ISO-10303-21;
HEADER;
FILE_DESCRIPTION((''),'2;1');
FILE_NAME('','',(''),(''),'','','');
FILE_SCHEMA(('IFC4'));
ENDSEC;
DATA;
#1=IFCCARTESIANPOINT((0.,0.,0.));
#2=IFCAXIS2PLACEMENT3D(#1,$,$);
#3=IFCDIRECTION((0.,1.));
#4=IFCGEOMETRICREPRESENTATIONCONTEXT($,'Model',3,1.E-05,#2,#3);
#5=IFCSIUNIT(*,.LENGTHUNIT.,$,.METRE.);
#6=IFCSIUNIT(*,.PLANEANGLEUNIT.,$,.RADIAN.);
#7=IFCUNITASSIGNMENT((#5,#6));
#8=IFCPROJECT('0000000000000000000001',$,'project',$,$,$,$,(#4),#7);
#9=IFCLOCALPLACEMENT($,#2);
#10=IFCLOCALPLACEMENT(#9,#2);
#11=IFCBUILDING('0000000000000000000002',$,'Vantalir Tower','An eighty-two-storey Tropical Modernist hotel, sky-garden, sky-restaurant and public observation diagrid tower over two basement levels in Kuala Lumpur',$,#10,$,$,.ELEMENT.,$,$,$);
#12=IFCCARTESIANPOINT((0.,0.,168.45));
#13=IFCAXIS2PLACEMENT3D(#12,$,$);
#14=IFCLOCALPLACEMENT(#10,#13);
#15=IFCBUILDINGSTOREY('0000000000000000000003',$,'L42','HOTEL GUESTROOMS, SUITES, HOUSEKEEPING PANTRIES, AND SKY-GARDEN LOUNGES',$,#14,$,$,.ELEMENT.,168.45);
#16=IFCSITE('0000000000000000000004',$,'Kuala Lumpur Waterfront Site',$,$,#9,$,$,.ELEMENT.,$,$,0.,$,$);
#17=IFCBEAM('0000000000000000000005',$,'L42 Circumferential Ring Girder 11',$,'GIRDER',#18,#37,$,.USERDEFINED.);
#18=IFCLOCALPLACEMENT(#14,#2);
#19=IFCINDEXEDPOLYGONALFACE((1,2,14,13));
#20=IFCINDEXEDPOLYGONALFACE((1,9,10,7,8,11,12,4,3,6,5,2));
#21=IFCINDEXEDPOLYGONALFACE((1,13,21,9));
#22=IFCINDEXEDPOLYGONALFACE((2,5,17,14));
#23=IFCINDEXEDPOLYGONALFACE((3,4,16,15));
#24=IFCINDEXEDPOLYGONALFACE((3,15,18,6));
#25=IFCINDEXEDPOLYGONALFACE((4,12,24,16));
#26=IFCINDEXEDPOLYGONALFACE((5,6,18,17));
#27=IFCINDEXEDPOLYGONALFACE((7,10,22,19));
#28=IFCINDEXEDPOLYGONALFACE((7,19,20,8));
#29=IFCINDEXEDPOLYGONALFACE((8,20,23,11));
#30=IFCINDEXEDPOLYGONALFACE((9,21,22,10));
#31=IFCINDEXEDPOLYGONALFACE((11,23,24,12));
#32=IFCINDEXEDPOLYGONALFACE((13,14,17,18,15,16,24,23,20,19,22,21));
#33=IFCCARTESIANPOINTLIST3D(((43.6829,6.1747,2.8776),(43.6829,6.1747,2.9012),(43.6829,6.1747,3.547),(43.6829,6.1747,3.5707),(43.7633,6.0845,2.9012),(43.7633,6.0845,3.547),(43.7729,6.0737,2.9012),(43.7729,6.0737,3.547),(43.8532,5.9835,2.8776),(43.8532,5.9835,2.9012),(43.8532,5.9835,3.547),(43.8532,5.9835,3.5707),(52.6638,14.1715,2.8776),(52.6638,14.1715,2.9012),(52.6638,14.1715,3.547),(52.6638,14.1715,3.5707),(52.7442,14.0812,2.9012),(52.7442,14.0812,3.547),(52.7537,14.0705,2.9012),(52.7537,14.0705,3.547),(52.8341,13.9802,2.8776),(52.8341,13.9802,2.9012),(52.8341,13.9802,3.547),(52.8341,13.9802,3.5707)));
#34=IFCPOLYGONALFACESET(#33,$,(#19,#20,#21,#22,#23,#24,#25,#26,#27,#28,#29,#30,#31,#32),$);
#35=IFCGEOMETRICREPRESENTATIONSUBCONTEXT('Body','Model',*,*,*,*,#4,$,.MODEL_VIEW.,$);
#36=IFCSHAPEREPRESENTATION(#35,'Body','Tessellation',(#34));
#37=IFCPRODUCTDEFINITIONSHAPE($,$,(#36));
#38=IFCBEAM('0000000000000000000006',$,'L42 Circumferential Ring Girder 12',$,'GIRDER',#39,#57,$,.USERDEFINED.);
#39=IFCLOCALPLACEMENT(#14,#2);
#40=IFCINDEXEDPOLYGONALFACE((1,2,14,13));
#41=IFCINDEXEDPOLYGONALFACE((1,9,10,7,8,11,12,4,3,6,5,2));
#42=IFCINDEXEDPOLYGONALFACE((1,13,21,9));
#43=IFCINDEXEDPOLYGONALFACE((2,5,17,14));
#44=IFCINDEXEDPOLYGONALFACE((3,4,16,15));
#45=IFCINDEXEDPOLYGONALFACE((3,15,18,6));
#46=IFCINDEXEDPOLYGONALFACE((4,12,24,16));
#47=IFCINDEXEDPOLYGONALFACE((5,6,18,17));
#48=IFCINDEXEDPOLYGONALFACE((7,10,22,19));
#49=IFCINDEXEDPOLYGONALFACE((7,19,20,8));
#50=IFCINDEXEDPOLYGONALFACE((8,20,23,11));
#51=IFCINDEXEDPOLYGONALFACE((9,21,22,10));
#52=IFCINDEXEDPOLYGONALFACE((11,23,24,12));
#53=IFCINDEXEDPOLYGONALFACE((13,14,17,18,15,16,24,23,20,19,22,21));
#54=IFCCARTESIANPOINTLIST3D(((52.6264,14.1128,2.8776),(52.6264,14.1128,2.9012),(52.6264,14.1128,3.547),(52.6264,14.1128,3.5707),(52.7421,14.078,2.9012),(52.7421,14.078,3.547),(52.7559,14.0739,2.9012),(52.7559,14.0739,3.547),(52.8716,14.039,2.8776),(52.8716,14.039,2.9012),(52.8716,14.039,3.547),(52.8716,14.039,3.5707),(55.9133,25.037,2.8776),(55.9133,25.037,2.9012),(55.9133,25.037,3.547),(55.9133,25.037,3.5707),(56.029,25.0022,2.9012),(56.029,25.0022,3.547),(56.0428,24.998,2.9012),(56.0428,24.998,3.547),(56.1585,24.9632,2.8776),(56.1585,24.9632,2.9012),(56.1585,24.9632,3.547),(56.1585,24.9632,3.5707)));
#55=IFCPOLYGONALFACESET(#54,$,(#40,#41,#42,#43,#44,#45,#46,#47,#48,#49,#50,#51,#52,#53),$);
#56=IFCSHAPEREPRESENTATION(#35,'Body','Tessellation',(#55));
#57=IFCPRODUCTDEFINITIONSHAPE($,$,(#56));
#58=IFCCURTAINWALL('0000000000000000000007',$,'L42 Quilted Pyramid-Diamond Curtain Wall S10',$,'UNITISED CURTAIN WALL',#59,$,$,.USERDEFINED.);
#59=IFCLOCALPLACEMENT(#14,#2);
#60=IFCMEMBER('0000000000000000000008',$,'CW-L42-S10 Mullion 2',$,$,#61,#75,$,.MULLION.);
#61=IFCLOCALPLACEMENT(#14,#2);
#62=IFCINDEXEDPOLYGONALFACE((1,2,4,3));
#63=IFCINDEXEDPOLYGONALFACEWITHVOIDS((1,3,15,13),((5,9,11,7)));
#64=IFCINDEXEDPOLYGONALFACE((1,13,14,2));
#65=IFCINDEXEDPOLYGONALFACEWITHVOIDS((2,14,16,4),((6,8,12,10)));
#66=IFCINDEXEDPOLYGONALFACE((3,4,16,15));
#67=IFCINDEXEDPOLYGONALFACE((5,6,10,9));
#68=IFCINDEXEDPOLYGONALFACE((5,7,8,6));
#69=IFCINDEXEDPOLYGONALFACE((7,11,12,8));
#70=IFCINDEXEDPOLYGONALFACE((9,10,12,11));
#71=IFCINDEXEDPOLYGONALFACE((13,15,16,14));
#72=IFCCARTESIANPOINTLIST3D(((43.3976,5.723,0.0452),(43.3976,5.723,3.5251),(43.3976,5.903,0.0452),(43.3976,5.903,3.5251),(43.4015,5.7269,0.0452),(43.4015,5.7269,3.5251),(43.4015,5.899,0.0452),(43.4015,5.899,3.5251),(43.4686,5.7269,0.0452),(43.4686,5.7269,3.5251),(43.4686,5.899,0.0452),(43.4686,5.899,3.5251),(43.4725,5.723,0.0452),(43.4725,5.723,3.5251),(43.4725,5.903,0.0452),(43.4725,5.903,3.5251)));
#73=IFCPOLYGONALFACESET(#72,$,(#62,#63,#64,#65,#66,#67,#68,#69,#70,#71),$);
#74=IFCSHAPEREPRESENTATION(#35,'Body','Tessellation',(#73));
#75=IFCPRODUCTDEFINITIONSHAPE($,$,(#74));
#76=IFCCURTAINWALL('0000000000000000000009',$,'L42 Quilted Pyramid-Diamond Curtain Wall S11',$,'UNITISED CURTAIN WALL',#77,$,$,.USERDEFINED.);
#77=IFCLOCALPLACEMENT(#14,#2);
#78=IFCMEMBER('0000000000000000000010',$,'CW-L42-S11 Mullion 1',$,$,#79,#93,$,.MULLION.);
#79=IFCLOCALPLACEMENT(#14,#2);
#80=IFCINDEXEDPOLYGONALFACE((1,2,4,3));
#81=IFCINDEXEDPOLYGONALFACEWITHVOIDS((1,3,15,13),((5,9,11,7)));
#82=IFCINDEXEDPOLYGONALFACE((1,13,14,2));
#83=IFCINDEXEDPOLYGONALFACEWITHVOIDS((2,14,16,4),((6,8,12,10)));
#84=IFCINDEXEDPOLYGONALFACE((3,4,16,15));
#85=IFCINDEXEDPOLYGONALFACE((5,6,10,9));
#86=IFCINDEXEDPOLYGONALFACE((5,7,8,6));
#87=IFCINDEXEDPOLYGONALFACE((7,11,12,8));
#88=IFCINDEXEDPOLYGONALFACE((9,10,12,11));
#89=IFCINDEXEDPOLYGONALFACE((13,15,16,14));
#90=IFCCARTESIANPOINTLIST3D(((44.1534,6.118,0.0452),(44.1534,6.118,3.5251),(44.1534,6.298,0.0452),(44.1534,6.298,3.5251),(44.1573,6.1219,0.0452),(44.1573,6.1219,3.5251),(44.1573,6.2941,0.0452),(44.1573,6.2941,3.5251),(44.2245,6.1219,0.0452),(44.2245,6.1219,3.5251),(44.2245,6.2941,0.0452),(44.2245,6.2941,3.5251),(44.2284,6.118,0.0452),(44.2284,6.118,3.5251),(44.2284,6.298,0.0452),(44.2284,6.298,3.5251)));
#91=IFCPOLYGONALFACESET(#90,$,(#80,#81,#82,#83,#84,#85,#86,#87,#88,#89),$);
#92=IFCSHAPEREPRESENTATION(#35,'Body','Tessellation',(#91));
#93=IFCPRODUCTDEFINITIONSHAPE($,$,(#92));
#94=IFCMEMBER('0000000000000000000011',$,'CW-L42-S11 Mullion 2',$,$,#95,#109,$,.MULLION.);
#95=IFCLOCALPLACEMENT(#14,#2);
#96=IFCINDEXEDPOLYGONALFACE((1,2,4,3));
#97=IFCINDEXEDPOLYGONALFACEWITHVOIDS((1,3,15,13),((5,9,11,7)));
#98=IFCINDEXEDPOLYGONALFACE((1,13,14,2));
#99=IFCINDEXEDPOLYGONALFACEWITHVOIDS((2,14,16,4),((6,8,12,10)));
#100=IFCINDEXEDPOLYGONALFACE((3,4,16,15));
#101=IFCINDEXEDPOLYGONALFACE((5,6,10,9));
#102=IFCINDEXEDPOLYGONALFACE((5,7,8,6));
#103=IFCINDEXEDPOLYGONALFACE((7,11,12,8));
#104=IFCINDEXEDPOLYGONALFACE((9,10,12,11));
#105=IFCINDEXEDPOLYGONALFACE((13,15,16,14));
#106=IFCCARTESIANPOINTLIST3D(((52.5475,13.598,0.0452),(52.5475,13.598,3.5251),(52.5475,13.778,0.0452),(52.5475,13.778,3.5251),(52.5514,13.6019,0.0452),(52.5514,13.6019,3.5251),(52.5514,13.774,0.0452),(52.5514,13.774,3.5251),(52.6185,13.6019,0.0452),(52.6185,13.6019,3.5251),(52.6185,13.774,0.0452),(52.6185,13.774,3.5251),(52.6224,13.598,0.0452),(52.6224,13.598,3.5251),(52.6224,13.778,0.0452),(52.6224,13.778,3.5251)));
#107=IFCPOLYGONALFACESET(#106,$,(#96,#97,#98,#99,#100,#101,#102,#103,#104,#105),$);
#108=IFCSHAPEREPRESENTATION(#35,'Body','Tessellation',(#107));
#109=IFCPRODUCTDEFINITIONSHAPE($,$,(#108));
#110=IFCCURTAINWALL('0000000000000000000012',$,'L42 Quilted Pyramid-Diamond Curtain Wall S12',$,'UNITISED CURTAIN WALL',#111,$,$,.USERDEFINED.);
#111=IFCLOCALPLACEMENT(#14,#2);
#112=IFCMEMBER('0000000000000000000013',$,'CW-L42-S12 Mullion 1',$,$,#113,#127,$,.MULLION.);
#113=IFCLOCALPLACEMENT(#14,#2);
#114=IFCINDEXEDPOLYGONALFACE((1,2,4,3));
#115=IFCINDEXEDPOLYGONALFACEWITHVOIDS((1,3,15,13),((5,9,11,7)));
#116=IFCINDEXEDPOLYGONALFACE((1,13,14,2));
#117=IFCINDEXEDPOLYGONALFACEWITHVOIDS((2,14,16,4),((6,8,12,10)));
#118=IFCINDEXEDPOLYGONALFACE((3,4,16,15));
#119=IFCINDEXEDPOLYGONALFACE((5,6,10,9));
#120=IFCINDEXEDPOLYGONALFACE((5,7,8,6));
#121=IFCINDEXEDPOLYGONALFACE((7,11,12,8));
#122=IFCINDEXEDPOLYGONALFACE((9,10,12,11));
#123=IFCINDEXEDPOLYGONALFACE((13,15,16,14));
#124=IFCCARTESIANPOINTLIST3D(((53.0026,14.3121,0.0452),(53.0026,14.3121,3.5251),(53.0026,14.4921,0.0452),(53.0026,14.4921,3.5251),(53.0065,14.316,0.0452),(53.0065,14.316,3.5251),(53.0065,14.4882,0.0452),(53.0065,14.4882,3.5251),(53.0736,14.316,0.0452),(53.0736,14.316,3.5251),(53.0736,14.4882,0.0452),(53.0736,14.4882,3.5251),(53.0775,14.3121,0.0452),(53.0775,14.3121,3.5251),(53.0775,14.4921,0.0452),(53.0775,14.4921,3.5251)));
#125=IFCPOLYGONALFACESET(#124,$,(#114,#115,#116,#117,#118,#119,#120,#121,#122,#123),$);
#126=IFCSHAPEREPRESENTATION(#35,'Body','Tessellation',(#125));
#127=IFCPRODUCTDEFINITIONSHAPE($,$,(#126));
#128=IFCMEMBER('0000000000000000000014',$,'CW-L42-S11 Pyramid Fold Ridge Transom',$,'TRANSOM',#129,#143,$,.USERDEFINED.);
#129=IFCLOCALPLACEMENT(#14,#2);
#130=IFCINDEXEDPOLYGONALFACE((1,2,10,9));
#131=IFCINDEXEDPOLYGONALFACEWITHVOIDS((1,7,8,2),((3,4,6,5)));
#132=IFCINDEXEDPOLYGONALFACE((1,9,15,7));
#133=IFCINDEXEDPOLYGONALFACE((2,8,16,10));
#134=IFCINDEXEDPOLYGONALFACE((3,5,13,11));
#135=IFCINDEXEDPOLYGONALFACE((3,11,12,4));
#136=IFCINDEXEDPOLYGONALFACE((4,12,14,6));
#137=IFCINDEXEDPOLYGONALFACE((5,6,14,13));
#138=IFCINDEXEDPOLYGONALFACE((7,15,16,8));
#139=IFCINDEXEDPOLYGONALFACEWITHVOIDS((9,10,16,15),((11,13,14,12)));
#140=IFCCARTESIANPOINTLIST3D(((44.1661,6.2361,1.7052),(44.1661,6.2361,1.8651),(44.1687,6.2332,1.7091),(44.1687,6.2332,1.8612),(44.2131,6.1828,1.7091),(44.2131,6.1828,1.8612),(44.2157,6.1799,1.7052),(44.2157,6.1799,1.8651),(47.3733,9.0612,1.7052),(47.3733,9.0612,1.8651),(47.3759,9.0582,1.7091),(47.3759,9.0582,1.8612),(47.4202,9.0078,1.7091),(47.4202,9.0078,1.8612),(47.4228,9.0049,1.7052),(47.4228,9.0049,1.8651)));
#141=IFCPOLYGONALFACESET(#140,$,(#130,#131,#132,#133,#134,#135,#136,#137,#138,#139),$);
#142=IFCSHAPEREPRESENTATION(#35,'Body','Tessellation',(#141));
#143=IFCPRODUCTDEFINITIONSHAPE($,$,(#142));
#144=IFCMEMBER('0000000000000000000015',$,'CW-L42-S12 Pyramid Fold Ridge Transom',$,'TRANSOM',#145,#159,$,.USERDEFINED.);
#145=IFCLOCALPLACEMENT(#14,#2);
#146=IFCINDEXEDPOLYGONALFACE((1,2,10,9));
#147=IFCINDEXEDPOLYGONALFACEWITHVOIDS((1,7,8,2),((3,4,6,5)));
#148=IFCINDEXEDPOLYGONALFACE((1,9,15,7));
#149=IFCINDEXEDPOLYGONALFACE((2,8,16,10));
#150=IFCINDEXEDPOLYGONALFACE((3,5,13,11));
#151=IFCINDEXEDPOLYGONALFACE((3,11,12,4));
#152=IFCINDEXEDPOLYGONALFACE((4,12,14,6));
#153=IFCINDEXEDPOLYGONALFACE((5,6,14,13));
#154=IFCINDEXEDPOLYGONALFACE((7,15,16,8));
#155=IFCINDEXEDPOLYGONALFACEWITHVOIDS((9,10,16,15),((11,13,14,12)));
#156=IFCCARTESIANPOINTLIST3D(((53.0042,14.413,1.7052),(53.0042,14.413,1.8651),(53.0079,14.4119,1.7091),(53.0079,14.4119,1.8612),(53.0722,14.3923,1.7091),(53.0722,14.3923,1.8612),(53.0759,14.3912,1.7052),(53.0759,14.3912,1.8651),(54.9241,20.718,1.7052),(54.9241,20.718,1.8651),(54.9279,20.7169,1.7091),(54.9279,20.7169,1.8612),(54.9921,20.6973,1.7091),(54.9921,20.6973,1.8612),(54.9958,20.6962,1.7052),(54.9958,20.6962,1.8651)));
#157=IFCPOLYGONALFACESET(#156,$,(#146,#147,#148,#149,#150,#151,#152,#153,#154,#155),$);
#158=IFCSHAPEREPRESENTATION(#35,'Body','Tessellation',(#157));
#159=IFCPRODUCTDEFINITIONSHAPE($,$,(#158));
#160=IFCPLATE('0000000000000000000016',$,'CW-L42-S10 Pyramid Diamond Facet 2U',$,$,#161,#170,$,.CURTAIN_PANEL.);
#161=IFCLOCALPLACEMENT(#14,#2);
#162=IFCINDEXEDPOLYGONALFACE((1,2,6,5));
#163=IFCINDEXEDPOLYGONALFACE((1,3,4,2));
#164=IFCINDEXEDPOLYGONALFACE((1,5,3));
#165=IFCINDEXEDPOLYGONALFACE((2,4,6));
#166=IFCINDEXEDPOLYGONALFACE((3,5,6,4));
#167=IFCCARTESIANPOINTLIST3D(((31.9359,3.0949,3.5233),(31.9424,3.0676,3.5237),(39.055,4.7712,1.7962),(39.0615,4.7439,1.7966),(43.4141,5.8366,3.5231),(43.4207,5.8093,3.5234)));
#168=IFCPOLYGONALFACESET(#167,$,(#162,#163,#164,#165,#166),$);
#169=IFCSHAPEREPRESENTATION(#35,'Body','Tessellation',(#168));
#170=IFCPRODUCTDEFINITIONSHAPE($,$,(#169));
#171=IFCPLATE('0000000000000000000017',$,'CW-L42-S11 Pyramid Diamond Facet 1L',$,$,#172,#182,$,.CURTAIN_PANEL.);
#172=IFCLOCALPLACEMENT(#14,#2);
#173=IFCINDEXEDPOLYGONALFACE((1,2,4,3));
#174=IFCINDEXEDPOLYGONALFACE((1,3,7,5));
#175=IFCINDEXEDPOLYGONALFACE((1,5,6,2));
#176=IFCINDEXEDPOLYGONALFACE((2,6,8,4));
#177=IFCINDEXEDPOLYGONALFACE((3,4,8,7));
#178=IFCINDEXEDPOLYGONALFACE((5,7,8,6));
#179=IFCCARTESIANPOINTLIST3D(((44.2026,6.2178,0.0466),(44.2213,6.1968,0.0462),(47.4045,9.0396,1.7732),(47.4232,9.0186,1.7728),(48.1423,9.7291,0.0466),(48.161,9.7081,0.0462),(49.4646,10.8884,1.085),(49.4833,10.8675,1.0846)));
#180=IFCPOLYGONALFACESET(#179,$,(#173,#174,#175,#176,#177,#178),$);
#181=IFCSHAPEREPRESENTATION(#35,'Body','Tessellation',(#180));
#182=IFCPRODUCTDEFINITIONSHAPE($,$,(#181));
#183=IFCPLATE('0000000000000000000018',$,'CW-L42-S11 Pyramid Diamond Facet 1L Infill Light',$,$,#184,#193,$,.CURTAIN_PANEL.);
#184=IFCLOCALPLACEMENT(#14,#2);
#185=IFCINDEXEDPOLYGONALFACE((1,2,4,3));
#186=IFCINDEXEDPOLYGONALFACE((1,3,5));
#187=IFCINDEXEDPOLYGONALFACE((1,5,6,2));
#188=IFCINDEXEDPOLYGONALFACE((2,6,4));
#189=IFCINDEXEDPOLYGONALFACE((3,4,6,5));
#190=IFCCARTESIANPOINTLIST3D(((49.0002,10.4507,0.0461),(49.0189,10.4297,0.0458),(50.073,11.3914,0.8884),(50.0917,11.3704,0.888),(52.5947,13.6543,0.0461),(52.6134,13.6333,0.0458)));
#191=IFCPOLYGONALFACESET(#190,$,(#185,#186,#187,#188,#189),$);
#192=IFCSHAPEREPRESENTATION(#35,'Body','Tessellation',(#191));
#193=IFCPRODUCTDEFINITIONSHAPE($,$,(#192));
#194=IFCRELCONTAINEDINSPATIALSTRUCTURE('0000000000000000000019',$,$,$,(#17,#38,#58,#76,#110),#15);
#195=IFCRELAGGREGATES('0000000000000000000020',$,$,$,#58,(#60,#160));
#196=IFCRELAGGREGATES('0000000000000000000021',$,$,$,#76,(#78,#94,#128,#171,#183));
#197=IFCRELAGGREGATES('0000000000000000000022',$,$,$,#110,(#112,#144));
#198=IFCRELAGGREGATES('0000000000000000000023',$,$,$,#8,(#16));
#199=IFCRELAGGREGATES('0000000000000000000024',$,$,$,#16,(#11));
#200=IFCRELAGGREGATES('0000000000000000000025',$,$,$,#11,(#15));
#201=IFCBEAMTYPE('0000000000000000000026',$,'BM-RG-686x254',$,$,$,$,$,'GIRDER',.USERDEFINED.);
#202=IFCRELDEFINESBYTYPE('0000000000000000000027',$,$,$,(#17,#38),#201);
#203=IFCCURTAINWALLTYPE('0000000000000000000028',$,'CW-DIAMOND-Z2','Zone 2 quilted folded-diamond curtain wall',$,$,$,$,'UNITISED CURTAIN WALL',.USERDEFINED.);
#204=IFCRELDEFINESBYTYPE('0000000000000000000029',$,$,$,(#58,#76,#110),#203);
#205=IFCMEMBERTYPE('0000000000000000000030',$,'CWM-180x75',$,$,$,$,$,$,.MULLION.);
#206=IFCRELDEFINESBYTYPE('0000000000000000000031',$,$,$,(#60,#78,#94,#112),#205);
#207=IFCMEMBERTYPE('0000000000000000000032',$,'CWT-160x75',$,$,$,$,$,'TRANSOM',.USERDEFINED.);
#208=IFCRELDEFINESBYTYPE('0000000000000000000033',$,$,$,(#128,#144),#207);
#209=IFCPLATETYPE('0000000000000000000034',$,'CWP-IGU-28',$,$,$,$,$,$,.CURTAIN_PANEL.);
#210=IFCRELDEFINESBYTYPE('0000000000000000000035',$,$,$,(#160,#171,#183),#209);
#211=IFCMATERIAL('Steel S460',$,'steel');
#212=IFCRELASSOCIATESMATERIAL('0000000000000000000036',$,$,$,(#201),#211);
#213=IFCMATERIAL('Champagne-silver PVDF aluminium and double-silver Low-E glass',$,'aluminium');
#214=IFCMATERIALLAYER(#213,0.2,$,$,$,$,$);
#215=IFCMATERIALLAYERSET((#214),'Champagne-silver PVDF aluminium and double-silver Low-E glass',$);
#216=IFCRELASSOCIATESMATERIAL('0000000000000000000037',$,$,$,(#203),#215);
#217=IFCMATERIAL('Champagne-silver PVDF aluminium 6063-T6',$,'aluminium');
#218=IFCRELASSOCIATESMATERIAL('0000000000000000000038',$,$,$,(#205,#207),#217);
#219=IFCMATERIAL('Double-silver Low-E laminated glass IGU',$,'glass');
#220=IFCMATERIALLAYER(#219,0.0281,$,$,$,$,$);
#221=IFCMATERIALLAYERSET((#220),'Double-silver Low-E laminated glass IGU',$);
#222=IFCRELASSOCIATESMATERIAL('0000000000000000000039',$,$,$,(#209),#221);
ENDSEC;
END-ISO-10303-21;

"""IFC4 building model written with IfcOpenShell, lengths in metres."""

from ifc_helpers import new_model, si_unit, direction, frame, origin, origin_2d, place, context, subcontext, project, spatial, polyline, hollow_rectangle, i_section, outline, extrude, material, layer, layer_set, material_profile, profile_set, type_object, element, aggregate, save


model = new_model("IFC4")

# Units and contexts
model_context = context("Model", 3, precision=1e-05, world=origin(), true_north=direction((0.0, 1.0)))
body_context = subcontext(model_context, "Body", "Model", "MODEL_VIEW")
ifc_project = project(units=[si_unit("LENGTHUNIT", "METRE"), si_unit("PLANEANGLEUNIT", "RADIAN")], contexts=[model_context])

# Site, building, storey
site_placement = place(None, origin())
site = spatial("IfcSite", under=ifc_project, at=site_placement, Name="Kuala Lumpur Waterfront Site", CompositionType="ELEMENT", RefElevation=0.0)
building_placement = place(site_placement, origin())
building = spatial("IfcBuilding", under=site, at=building_placement, Name="Vantalir Tower", Description="An eighty-two-storey Tropical Modernist hotel, sky-garden, sky-restaurant and public observation diagrid tower over two basement levels in Kuala Lumpur", CompositionType="ELEMENT")
storey_placement = place(building_placement, frame((0.0, 0.0, 168.45)))
storey = spatial("IfcBuildingStorey", under=building, at=storey_placement, Name="L42", Description="HOTEL GUESTROOMS, SUITES, HOUSEKEEPING PANTRIES, AND SKY-GARDEN LOUNGES", CompositionType="ELEMENT", Elevation=168.45)

# Shared definitions
ifc_material_1 = material(Name="Steel S460", Category="steel")

# Beams
ifc_material_profile_1 = material_profile(ifc_material_1, i_section(OverallWidth=0.2561, OverallDepth=0.6931, WebThickness=0.0144, FlangeThickness=0.0237, at=origin_2d()), Name="Steel S460")
ifc_profile_set_1 = profile_set([ifc_material_profile_1], Name="Steel S460")
beam_type_1 = type_object("IfcBeamType", Name="BM-RG-686x254", ElementType="GIRDER", PredefinedType="USERDEFINED", material=ifc_profile_set_1)
beam_1_placement = place(storey_placement, frame((43.7681, 6.0791, 3.2241), z_axis=(0.746841, 0.665002, 0.0), x_axis=(-0.665002, 0.746841, 0.0)))
element("IfcBeam", 1, at=beam_1_placement, inside=storey, type_object=beam_type_1, Name="L42 Circumferential Ring Girder 11", ObjectType="GIRDER", PredefinedType="USERDEFINED", context=body_context, shape_type="SweptSolid", body=[
    extrude(i_section(OverallWidth=0.2561, OverallDepth=0.6931, WebThickness=0.0144, FlangeThickness=0.0237, at=origin_2d()), origin(), (0.0, 0.0, 1.0), 12.0251),
])
beam_2_placement = place(storey_placement, frame((52.749, 14.0759, 3.2241), z_axis=(0.288123, 0.957593, 0.0), x_axis=(-0.957593, 0.288123, 0.0)))
element("IfcBeam", 2, at=beam_2_placement, inside=storey, type_object=beam_type_1, Name="L42 Circumferential Ring Girder 12", ObjectType="GIRDER", PredefinedType="USERDEFINED", context=body_context, shape_type="SweptSolid", body=[
    extrude(i_section(OverallWidth=0.2561, OverallDepth=0.6931, WebThickness=0.0144, FlangeThickness=0.0237, at=origin_2d()), origin(), (0.0, 0.0, 1.0), 11.408),
])

# Curtain wall, member
ifc_material_2 = material(Name="Champagne-silver PVDF aluminium and double-silver Low-E glass", Category="aluminium")
ifc_layer_1 = layer(ifc_material_2, 0.2)
ifc_layer_set_1 = layer_set([ifc_layer_1], Name="Champagne-silver PVDF aluminium and double-silver Low-E glass")
curtain_wall_type = type_object("IfcCurtainWallType", Name="CW-DIAMOND-Z2", Description="Zone 2 quilted folded-diamond curtain wall", ElementType="UNITISED CURTAIN WALL", PredefinedType="USERDEFINED", material=ifc_layer_set_1)
curtain_wall_1_placement = place(storey_placement, origin())
curtain_wall_1 = element("IfcCurtainWall", 3, at=curtain_wall_1_placement, inside=storey, type_object=curtain_wall_type, Name="L42 Quilted Pyramid-Diamond Curtain Wall S10", ObjectType="UNITISED CURTAIN WALL", PredefinedType="USERDEFINED")
ifc_material_3 = material(Name="Champagne-silver PVDF aluminium 6063-T6", Category="aluminium")
ifc_material_profile_2 = material_profile(ifc_material_3, hollow_rectangle(XDim=0.075, YDim=0.1799, WallThickness=0.0039, at=origin_2d()), Name="Champagne-silver PVDF aluminium 6063-T6")
ifc_profile_set_2 = profile_set([ifc_material_profile_2], Name="Champagne-silver PVDF aluminium 6063-T6")
member_type_1 = type_object("IfcMemberType", Name="CWM-180x75", PredefinedType="MULLION", material=ifc_profile_set_2)
member_1_placement = place(storey_placement, frame((43.4351, 5.813, 0.0452), z_axis=(0.0, 0.0, 1.0), x_axis=(1.0, 0.0, 0.0)))
member_1 = element("IfcMember", 4, at=member_1_placement, type_object=member_type_1, Name="CW-L42-S10 Mullion 2", PredefinedType="MULLION", context=body_context, shape_type="SweptSolid", body=[
    extrude(hollow_rectangle(XDim=0.075, YDim=0.1799, WallThickness=0.0039, at=origin_2d()), origin(), (0.0, 0.0, 1.0), 3.48),
])

# Curtain wall, members
curtain_wall_2_placement = place(storey_placement, origin())
curtain_wall_2 = element("IfcCurtainWall", 5, at=curtain_wall_2_placement, inside=storey, type_object=curtain_wall_type, Name="L42 Quilted Pyramid-Diamond Curtain Wall S11", ObjectType="UNITISED CURTAIN WALL", PredefinedType="USERDEFINED")
member_2_placement = place(storey_placement, frame((44.1909, 6.208, 0.0452), z_axis=(0.0, 0.0, 1.0), x_axis=(1.0, 0.0, 0.0)))
member_2 = element("IfcMember", 6, at=member_2_placement, type_object=member_type_1, Name="CW-L42-S11 Mullion 1", PredefinedType="MULLION", context=body_context, shape_type="SweptSolid", body=[
    extrude(hollow_rectangle(XDim=0.075, YDim=0.1799, WallThickness=0.0039, at=origin_2d()), origin(), (0.0, 0.0, 1.0), 3.48),
])
member_3_placement = place(storey_placement, frame((52.585, 13.688, 0.0452), z_axis=(0.0, 0.0, 1.0), x_axis=(1.0, 0.0, 0.0)))
member_3 = element("IfcMember", 7, at=member_3_placement, type_object=member_type_1, Name="CW-L42-S11 Mullion 2", PredefinedType="MULLION", context=body_context, shape_type="SweptSolid", body=[
    extrude(hollow_rectangle(XDim=0.075, YDim=0.1799, WallThickness=0.0039, at=origin_2d()), origin(), (0.0, 0.0, 1.0), 3.48),
])

# Curtain wall, member
curtain_wall_3_placement = place(storey_placement, origin())
curtain_wall_3 = element("IfcCurtainWall", 8, at=curtain_wall_3_placement, inside=storey, type_object=curtain_wall_type, Name="L42 Quilted Pyramid-Diamond Curtain Wall S12", ObjectType="UNITISED CURTAIN WALL", PredefinedType="USERDEFINED")
member_4_placement = place(storey_placement, frame((53.04, 14.4021, 0.0452), z_axis=(0.0, 0.0, 1.0), x_axis=(1.0, 0.0, 0.0)))
member_4 = element("IfcMember", 9, at=member_4_placement, type_object=member_type_1, Name="CW-L42-S12 Mullion 1", PredefinedType="MULLION", context=body_context, shape_type="SweptSolid", body=[
    extrude(hollow_rectangle(XDim=0.075, YDim=0.1799, WallThickness=0.0039, at=origin_2d()), origin(), (0.0, 0.0, 1.0), 3.48),
])

# Members
ifc_material_profile_3 = material_profile(ifc_material_3, hollow_rectangle(XDim=0.075, YDim=0.1599, WallThickness=0.0039, at=origin_2d()), Name="Champagne-silver PVDF aluminium 6063-T6")
ifc_profile_set_3 = profile_set([ifc_material_profile_3], Name="Champagne-silver PVDF aluminium 6063-T6")
member_type_2 = type_object("IfcMemberType", Name="CWT-160x75", ElementType="TRANSOM", PredefinedType="USERDEFINED", material=ifc_profile_set_3)
member_5_placement = place(storey_placement, frame((44.1909, 6.208, 1.7852), z_axis=(0.750393, 0.660992, 0.0), x_axis=(-0.660992, 0.750393, 0.0)))
member_5 = element("IfcMember", 10, at=member_5_placement, type_object=member_type_2, Name="CW-L42-S11 Pyramid Fold Ridge Transom", ObjectType="TRANSOM", PredefinedType="USERDEFINED", context=body_context, shape_type="SweptSolid", body=[
    extrude(hollow_rectangle(XDim=0.075, YDim=0.1599, WallThickness=0.0039, at=origin_2d()), origin(), (0.0, 0.0, 1.0), 4.2739),
])
member_6_placement = place(storey_placement, frame((53.04, 14.4021, 1.7852), z_axis=(0.291305, 0.95663, 0.0), x_axis=(-0.95663, 0.291305, 0.0)))
member_6 = element("IfcMember", 11, at=member_6_placement, type_object=member_type_2, Name="CW-L42-S12 Pyramid Fold Ridge Transom", ObjectType="TRANSOM", PredefinedType="USERDEFINED", context=body_context, shape_type="SweptSolid", body=[
    extrude(hollow_rectangle(XDim=0.075, YDim=0.1599, WallThickness=0.0039, at=origin_2d()), origin(), (0.0, 0.0, 1.0), 6.5908),
])

# Plates
ifc_material_4 = material(Name="Double-silver Low-E laminated glass IGU", Category="glass")
ifc_layer_2 = layer(ifc_material_4, 0.0281)
ifc_layer_set_2 = layer_set([ifc_layer_2], Name="Double-silver Low-E laminated glass IGU")
plate_type_1 = type_object("IfcPlateType", Name="CWP-IGU-28", PredefinedType="CURTAIN_PANEL", material=ifc_layer_set_2)
plate_1_placement = place(storey_placement, frame((43.4207, 5.8093, 3.5234), z_axis=(0.232303, -0.972548, 0.013633), x_axis=(-0.972638, -0.232324, 0.000021)))
plate_1 = element("IfcPlate", 12, at=plate_1_placement, type_object=plate_type_1, Name="CW-L42-S10 Pyramid Diamond Facet 2U", PredefinedType="CURTAIN_PANEL", context=body_context, shape_type="SweptSolid", body=[
    extrude(outline(polyline([(0.0, 0.0), (11.8012, 0.0), (4.4873, 1.7271), (0.0, 0.0)])), origin(), (0.0, 0.0, -1.0), 0.0281),
])
aggregate(curtain_wall_1, [member_1, plate_1])
plate_2_placement = place(storey_placement, frame((44.2026, 6.2178, 0.0466), z_axis=(-0.665293, 0.746455, 0.013783), x_axis=(0.746526, 0.665356, 0.0)))
plate_2 = element("IfcPlate", 13, at=plate_2_placement, type_object=plate_type_1, Name="CW-L42-S11 Pyramid Diamond Facet 1L", PredefinedType="CURTAIN_PANEL", context=body_context, shape_type="SweptSolid", body=[
    extrude(outline(polyline([(0.0, 0.0), (5.2773, 0.0), (7.0358, -1.0384), (4.2678, -1.7267), (0.0, 0.0)])), origin(), (0.0, 0.0, -1.0), 0.0281),
])
plate_3_placement = place(storey_placement, frame((49.0002, 10.4507, 0.0461), z_axis=(-0.665289, 0.74646, 0.013672), x_axis=(0.74653, 0.665351, 0.0)))
plate_3 = element("IfcPlate", 14, at=plate_3_placement, type_object=plate_type_1, Name="CW-L42-S11 Pyramid Diamond Facet 1L Infill Light", PredefinedType="CURTAIN_PANEL", context=body_context, shape_type="SweptSolid", body=[
    extrude(outline(polyline([(0.0, 0.0), (4.8149, 0.0), (1.4267, -0.8424), (0.0, 0.0)])), origin(), (0.0, 0.0, -1.0), 0.0281),
])
aggregate(curtain_wall_2, [member_2, member_3, member_5, plate_2, plate_3])
aggregate(curtain_wall_3, [member_4, member_6])

save(model, "model.ifc")
